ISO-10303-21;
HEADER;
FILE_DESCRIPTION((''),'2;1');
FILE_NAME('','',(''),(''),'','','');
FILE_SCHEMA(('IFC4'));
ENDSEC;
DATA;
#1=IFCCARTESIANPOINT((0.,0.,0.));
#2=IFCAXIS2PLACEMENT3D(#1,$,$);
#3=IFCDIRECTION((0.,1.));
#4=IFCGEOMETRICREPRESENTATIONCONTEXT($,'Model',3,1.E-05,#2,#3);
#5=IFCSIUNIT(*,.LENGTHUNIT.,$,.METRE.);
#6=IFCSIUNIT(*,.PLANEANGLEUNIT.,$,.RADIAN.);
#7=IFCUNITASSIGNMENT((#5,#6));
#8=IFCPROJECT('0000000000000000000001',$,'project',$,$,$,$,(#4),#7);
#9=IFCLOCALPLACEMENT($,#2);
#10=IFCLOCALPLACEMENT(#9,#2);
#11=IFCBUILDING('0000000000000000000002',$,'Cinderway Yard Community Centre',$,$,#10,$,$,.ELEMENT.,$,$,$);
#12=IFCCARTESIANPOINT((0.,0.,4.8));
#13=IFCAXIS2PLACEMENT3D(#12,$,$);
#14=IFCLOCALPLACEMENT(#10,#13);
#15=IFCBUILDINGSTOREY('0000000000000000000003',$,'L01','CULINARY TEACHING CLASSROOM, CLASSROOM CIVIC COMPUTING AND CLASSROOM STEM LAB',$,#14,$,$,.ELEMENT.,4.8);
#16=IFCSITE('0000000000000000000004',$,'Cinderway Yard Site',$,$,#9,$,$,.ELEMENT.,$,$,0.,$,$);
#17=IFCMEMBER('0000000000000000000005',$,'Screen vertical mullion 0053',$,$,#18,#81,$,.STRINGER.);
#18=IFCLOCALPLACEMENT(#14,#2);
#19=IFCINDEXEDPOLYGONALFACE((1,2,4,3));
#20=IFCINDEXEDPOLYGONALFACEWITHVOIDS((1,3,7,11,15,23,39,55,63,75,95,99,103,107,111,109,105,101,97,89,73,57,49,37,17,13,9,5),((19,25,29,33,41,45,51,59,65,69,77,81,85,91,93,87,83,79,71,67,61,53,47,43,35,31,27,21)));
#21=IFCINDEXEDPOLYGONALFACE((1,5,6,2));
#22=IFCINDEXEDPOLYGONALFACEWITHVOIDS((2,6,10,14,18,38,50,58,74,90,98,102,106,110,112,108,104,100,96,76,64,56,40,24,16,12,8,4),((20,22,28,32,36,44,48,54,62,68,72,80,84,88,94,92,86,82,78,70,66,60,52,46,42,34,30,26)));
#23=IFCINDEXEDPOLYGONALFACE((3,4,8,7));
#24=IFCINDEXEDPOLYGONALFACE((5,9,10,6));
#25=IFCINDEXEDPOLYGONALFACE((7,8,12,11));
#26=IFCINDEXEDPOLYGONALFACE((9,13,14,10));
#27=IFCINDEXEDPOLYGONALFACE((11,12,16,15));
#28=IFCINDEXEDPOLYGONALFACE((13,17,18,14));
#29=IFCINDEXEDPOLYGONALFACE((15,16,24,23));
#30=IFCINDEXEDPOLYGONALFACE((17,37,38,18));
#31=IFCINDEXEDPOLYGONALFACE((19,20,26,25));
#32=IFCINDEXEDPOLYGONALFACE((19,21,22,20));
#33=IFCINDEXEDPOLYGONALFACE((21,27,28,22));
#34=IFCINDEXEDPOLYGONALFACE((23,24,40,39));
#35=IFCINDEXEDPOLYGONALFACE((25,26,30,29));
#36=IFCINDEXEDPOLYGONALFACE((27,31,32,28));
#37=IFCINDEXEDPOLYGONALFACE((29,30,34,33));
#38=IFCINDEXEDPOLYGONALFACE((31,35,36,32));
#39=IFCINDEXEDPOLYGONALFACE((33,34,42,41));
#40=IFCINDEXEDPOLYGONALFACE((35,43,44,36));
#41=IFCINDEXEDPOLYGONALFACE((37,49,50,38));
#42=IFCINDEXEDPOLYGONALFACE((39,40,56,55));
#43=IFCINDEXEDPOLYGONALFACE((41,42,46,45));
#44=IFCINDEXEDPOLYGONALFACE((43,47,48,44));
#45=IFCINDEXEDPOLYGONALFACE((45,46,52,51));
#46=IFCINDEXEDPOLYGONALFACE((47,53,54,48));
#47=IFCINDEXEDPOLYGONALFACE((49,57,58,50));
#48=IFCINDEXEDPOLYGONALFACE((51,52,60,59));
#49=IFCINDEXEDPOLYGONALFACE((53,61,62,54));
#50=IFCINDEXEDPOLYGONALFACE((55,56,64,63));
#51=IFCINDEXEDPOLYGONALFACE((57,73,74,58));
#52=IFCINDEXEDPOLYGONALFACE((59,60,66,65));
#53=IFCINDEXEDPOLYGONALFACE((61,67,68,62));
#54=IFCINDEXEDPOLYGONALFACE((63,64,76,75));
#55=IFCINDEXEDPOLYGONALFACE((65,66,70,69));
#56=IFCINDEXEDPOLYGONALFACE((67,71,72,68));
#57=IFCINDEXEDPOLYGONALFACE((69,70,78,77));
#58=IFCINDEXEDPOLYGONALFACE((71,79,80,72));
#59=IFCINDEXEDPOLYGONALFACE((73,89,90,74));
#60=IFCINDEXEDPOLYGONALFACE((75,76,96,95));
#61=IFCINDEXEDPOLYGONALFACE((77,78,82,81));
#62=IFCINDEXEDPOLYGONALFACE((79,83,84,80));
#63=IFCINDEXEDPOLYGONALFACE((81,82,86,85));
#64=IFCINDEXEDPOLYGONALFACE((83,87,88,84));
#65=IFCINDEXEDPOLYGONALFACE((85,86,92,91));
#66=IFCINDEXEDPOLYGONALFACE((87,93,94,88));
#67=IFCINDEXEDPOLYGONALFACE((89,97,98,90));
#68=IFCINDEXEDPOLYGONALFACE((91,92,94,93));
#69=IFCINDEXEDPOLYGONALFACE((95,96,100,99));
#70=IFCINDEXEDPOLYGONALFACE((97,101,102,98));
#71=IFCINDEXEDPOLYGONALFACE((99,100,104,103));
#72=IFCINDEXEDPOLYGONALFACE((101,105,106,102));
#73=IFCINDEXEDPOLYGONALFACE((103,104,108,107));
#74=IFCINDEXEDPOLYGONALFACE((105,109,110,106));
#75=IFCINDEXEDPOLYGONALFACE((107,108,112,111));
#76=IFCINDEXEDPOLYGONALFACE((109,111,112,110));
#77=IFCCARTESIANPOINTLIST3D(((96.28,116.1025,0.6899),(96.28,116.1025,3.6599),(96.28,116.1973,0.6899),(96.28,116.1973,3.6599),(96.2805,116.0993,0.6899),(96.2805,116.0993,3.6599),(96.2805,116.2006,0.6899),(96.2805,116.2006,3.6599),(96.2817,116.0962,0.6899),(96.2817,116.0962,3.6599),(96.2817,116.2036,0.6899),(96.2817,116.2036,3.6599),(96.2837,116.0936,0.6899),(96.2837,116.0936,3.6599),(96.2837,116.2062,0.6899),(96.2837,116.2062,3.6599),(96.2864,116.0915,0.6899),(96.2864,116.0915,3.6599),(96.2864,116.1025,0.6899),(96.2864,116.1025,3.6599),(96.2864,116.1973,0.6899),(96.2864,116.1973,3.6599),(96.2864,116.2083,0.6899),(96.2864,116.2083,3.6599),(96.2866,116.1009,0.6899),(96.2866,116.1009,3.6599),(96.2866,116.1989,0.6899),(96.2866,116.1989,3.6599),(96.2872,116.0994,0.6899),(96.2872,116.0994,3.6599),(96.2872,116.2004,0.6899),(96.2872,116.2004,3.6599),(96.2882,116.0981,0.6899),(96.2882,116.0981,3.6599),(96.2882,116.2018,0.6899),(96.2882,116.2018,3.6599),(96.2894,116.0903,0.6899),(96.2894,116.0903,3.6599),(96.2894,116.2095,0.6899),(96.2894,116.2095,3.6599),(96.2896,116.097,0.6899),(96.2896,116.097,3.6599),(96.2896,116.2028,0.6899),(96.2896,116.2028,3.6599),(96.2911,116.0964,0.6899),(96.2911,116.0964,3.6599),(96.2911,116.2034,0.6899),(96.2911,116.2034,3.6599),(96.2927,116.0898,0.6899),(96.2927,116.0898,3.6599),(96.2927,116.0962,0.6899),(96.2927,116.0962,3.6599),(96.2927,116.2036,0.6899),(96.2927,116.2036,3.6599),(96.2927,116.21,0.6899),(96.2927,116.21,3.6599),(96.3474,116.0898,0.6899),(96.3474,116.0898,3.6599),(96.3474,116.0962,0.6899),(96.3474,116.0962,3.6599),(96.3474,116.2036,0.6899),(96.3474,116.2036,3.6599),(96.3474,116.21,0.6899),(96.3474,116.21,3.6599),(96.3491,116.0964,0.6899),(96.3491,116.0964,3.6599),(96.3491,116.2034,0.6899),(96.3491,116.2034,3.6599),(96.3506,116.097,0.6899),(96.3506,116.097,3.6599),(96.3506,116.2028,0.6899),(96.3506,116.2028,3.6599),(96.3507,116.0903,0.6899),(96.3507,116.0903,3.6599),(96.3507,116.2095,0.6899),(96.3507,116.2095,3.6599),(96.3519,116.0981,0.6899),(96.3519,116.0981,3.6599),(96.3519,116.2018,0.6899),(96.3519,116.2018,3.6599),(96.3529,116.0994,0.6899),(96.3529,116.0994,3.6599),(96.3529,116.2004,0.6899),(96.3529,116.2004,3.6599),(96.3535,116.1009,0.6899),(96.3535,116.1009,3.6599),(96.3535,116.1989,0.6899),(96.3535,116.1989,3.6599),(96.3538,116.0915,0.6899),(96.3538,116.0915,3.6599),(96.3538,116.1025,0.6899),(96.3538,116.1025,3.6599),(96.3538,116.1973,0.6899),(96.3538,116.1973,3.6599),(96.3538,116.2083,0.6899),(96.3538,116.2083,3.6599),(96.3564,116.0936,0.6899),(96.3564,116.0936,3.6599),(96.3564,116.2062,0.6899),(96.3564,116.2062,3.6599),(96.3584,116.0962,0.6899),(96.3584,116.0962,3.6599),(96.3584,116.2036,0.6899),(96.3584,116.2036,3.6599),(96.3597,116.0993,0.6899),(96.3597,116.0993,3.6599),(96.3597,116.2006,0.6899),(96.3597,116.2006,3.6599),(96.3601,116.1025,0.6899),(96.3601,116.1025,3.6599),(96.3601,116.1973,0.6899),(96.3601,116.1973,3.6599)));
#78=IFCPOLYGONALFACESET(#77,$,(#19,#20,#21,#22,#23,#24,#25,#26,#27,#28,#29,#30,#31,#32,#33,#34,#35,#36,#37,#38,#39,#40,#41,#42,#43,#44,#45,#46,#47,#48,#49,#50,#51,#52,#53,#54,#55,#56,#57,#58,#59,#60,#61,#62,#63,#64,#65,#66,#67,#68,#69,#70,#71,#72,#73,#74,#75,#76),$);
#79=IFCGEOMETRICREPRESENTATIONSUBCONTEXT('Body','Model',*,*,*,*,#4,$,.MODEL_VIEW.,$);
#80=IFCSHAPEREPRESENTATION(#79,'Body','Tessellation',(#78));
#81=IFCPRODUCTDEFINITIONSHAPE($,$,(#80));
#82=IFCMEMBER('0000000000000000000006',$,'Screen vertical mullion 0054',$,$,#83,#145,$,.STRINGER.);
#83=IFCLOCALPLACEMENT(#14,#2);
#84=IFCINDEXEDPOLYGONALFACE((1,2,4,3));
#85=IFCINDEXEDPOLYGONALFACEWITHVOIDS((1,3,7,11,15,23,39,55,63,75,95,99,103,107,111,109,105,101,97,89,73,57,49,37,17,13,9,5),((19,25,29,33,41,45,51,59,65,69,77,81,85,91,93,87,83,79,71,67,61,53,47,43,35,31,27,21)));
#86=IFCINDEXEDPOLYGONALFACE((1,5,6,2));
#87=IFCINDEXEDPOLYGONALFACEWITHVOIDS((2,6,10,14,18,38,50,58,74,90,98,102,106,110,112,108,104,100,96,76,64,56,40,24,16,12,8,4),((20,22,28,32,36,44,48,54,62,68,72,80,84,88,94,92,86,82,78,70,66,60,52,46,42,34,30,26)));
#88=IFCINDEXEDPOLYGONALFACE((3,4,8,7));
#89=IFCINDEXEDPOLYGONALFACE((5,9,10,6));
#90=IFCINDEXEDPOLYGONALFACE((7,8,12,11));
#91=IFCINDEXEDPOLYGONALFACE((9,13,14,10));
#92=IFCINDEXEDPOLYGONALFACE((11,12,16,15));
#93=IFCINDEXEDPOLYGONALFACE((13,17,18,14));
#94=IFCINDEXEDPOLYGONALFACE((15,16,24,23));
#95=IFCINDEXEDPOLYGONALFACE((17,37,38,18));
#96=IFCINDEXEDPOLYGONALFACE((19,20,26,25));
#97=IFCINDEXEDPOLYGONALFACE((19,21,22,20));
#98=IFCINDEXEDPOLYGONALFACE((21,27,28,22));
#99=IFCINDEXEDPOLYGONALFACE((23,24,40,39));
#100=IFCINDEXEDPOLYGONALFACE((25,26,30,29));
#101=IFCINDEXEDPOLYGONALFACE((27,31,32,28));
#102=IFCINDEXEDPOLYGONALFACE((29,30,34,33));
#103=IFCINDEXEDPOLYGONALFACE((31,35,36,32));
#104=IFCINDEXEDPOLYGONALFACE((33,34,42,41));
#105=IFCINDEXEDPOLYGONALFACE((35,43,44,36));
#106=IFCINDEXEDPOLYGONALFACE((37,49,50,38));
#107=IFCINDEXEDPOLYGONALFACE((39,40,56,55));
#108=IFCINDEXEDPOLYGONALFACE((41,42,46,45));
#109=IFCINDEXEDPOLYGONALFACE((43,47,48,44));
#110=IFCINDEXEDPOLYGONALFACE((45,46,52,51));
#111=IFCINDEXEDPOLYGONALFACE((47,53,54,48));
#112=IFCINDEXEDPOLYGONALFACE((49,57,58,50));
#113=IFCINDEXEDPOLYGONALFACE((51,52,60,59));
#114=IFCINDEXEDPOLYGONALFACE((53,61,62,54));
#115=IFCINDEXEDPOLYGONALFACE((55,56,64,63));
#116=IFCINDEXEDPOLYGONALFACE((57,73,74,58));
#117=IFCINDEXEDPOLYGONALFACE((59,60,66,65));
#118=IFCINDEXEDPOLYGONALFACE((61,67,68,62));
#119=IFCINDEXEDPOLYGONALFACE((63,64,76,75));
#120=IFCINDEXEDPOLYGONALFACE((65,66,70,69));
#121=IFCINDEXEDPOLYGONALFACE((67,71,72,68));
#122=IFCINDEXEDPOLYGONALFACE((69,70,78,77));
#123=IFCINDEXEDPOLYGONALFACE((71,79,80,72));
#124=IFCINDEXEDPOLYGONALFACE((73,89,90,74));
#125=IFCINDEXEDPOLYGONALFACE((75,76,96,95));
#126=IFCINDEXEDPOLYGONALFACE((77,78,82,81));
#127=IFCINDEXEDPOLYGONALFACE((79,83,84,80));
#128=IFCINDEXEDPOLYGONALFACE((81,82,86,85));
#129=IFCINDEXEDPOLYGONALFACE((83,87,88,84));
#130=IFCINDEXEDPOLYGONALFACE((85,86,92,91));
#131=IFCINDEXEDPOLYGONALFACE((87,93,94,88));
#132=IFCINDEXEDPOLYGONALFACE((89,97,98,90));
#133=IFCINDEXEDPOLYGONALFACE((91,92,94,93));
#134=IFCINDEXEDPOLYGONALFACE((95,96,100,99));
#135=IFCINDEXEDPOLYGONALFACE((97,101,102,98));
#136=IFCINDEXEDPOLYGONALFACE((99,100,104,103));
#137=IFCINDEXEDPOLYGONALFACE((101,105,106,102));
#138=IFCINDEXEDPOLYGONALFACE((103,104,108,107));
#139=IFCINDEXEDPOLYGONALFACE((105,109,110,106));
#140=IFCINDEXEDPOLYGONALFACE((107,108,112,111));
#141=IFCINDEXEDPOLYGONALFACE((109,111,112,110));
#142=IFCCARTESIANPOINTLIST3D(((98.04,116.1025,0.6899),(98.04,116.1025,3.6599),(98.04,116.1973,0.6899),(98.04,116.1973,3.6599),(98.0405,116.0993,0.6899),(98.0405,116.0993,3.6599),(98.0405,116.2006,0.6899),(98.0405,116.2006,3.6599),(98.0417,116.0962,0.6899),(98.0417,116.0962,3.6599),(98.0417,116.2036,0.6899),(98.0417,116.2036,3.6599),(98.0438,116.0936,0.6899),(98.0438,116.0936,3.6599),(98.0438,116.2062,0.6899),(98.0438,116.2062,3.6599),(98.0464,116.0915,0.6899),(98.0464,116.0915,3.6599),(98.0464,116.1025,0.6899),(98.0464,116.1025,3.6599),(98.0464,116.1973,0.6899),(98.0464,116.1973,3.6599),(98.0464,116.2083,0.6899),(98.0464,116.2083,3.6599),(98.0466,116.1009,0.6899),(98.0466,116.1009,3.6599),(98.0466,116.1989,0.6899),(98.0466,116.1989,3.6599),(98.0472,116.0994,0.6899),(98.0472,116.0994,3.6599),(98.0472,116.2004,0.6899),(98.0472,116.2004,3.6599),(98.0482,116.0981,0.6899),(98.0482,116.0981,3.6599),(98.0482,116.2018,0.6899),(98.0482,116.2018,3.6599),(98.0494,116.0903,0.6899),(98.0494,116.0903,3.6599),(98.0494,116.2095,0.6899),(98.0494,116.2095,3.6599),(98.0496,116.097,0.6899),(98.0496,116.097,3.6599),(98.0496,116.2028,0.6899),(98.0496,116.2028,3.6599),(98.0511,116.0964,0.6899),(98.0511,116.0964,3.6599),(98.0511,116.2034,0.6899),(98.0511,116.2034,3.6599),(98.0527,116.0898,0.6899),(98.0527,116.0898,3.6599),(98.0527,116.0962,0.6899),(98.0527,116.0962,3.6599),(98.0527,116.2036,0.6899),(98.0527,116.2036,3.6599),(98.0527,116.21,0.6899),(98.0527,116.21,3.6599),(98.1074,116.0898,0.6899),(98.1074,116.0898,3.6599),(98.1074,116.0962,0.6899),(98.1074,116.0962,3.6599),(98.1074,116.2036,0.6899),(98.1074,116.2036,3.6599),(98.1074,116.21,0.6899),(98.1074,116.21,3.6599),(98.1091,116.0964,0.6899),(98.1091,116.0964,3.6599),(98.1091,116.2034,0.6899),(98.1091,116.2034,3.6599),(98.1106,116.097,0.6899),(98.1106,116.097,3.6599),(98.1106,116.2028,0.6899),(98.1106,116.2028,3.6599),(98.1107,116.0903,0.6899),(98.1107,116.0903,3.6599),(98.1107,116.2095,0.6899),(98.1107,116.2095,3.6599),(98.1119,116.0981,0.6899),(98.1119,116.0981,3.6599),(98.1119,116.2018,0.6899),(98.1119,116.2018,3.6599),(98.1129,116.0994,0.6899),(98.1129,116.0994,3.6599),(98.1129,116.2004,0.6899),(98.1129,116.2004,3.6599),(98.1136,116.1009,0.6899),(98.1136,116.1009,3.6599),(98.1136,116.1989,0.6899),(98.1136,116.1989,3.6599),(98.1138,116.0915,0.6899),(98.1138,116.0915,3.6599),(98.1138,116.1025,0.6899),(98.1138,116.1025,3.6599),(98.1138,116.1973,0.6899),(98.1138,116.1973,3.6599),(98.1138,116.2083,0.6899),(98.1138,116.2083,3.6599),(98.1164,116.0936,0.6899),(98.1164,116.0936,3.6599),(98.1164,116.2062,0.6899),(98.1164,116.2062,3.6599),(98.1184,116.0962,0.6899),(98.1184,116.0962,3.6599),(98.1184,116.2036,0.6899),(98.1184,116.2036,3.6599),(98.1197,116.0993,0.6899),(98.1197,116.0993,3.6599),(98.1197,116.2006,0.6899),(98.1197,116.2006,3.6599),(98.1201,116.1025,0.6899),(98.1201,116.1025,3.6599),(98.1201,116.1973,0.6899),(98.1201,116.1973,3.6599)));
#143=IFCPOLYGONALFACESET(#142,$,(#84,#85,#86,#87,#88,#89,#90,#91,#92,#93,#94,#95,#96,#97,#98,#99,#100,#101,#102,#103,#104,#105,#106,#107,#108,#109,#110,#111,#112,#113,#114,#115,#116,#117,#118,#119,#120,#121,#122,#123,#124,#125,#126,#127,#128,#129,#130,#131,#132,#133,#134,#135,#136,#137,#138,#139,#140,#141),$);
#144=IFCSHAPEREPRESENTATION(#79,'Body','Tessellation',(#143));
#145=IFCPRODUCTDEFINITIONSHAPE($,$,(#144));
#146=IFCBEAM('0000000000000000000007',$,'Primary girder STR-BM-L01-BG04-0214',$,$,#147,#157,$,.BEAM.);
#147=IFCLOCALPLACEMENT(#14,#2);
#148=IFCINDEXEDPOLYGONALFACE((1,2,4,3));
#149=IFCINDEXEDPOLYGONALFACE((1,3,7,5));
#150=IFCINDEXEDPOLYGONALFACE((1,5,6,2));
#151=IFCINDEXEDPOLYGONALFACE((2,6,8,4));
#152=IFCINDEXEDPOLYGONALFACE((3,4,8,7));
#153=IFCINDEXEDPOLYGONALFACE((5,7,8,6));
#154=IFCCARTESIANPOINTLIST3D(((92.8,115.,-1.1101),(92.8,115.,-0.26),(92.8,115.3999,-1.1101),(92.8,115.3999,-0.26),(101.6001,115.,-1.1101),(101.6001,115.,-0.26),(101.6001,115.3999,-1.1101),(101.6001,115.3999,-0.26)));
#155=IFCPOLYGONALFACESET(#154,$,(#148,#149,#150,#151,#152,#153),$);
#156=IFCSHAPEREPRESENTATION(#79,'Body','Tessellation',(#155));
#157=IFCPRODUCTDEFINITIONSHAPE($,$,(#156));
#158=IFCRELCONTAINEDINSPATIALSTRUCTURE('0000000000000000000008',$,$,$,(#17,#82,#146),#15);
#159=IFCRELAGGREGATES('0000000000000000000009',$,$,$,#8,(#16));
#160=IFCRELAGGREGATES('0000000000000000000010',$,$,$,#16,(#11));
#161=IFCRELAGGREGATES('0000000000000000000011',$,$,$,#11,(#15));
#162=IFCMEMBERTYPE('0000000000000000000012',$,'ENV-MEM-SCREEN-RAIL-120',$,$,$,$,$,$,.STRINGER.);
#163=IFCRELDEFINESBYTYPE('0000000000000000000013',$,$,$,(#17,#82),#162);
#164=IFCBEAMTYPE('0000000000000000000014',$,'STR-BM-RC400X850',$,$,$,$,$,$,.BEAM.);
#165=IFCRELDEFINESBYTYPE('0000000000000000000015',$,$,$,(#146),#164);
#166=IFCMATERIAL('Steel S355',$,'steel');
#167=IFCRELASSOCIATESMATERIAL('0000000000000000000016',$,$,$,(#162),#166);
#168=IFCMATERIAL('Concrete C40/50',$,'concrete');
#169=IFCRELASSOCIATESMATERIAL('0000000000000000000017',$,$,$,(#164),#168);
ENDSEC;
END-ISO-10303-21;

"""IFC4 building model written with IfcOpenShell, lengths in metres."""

from ifc_helpers import new_model, si_unit, direction, frame, origin, origin_2d, place, context, subcontext, project, spatial, rectangle, hollow_rectangle, extrude, material, material_profile, profile_set, type_object, element, save


model = new_model("IFC4")

# Units and contexts
model_context = context("Model", 3, precision=1e-05, world=origin(), true_north=direction((0.0, 1.0)))
body_context = subcontext(model_context, "Body", "Model", "MODEL_VIEW")
ifc_project = project(units=[si_unit("LENGTHUNIT", "METRE"), si_unit("PLANEANGLEUNIT", "RADIAN")], contexts=[model_context])

# Site, building, storey
site_placement = place(None, origin())
site = spatial("IfcSite", under=ifc_project, at=site_placement, Name="Cinderway Yard Site", CompositionType="ELEMENT", RefElevation=0.0)
building_placement = place(site_placement, origin())
building = spatial("IfcBuilding", under=site, at=building_placement, Name="Cinderway Yard Community Centre", CompositionType="ELEMENT")
storey_placement = place(building_placement, frame((0.0, 0.0, 4.8)))
storey = spatial("IfcBuildingStorey", under=building, at=storey_placement, Name="L01", Description="CULINARY TEACHING CLASSROOM, CLASSROOM CIVIC COMPUTING AND CLASSROOM STEM LAB", CompositionType="ELEMENT", Elevation=4.8)

# Members
ifc_material_1 = material(Name="Steel S355", Category="steel")
ifc_material_profile_1 = material_profile(ifc_material_1, hollow_rectangle(XDim=0.0801, YDim=0.1201, WallThickness=0.0063, InnerFilletRadius=0.0063, OuterFilletRadius=0.0127, at=origin_2d()), Name="Steel S355")
ifc_profile_set_1 = profile_set([ifc_material_profile_1], Name="Steel S355")
member_type_1 = type_object("IfcMemberType", Name="ENV-MEM-SCREEN-RAIL-120", PredefinedType="STRINGER", material=ifc_profile_set_1)
for number, where, z_axis, x_axis, name in (
    (1, (96.3201, 116.1499, 0.6899), (0.0, 0.0, 1.0), (1.0, 0.0, 0.0), "Screen vertical mullion 0053"),
    (2, (98.0801, 116.1499, 0.6899), (0.0, 0.0, 1.0), (1.0, 0.0, 0.0), "Screen vertical mullion 0054"),
):
    element("IfcMember", number, at=place(storey_placement, frame(where, z_axis=z_axis, x_axis=x_axis)), inside=storey, type_object=member_type_1, Name=name, PredefinedType="STRINGER", context=body_context, shape_type="SweptSolid", body=[
        extrude(hollow_rectangle(XDim=0.0801, YDim=0.1201, WallThickness=0.0063, InnerFilletRadius=0.0063, OuterFilletRadius=0.0127, at=origin_2d()), origin(), (0.0, 0.0, 1.0), 2.97),
    ])

# Beam
ifc_material_2 = material(Name="Concrete C40/50", Category="concrete")
ifc_material_profile_2 = material_profile(ifc_material_2, rectangle(XDim=0.3999, YDim=0.8501, at=origin_2d()), Name="Concrete C40/50")
ifc_profile_set_2 = profile_set([ifc_material_profile_2], Name="Concrete C40/50")
beam_type = type_object("IfcBeamType", Name="STR-BM-RC400X850", PredefinedType="BEAM", material=ifc_profile_set_2)
beam_placement = place(storey_placement, frame((92.8, 115.2, -0.6851), z_axis=(1.0, 0.0, 0.0), x_axis=(0.0, 1.0, 0.0)))
element("IfcBeam", 3, at=beam_placement, inside=storey, type_object=beam_type, Name="Primary girder STR-BM-L01-BG04-0214", PredefinedType="BEAM", context=body_context, shape_type="SweptSolid", body=[
    extrude(rectangle(XDim=0.3999, YDim=0.8501, at=origin_2d()), origin(), (0.0, 0.0, 1.0), 8.8),
])

save(model, "model.ifc")
